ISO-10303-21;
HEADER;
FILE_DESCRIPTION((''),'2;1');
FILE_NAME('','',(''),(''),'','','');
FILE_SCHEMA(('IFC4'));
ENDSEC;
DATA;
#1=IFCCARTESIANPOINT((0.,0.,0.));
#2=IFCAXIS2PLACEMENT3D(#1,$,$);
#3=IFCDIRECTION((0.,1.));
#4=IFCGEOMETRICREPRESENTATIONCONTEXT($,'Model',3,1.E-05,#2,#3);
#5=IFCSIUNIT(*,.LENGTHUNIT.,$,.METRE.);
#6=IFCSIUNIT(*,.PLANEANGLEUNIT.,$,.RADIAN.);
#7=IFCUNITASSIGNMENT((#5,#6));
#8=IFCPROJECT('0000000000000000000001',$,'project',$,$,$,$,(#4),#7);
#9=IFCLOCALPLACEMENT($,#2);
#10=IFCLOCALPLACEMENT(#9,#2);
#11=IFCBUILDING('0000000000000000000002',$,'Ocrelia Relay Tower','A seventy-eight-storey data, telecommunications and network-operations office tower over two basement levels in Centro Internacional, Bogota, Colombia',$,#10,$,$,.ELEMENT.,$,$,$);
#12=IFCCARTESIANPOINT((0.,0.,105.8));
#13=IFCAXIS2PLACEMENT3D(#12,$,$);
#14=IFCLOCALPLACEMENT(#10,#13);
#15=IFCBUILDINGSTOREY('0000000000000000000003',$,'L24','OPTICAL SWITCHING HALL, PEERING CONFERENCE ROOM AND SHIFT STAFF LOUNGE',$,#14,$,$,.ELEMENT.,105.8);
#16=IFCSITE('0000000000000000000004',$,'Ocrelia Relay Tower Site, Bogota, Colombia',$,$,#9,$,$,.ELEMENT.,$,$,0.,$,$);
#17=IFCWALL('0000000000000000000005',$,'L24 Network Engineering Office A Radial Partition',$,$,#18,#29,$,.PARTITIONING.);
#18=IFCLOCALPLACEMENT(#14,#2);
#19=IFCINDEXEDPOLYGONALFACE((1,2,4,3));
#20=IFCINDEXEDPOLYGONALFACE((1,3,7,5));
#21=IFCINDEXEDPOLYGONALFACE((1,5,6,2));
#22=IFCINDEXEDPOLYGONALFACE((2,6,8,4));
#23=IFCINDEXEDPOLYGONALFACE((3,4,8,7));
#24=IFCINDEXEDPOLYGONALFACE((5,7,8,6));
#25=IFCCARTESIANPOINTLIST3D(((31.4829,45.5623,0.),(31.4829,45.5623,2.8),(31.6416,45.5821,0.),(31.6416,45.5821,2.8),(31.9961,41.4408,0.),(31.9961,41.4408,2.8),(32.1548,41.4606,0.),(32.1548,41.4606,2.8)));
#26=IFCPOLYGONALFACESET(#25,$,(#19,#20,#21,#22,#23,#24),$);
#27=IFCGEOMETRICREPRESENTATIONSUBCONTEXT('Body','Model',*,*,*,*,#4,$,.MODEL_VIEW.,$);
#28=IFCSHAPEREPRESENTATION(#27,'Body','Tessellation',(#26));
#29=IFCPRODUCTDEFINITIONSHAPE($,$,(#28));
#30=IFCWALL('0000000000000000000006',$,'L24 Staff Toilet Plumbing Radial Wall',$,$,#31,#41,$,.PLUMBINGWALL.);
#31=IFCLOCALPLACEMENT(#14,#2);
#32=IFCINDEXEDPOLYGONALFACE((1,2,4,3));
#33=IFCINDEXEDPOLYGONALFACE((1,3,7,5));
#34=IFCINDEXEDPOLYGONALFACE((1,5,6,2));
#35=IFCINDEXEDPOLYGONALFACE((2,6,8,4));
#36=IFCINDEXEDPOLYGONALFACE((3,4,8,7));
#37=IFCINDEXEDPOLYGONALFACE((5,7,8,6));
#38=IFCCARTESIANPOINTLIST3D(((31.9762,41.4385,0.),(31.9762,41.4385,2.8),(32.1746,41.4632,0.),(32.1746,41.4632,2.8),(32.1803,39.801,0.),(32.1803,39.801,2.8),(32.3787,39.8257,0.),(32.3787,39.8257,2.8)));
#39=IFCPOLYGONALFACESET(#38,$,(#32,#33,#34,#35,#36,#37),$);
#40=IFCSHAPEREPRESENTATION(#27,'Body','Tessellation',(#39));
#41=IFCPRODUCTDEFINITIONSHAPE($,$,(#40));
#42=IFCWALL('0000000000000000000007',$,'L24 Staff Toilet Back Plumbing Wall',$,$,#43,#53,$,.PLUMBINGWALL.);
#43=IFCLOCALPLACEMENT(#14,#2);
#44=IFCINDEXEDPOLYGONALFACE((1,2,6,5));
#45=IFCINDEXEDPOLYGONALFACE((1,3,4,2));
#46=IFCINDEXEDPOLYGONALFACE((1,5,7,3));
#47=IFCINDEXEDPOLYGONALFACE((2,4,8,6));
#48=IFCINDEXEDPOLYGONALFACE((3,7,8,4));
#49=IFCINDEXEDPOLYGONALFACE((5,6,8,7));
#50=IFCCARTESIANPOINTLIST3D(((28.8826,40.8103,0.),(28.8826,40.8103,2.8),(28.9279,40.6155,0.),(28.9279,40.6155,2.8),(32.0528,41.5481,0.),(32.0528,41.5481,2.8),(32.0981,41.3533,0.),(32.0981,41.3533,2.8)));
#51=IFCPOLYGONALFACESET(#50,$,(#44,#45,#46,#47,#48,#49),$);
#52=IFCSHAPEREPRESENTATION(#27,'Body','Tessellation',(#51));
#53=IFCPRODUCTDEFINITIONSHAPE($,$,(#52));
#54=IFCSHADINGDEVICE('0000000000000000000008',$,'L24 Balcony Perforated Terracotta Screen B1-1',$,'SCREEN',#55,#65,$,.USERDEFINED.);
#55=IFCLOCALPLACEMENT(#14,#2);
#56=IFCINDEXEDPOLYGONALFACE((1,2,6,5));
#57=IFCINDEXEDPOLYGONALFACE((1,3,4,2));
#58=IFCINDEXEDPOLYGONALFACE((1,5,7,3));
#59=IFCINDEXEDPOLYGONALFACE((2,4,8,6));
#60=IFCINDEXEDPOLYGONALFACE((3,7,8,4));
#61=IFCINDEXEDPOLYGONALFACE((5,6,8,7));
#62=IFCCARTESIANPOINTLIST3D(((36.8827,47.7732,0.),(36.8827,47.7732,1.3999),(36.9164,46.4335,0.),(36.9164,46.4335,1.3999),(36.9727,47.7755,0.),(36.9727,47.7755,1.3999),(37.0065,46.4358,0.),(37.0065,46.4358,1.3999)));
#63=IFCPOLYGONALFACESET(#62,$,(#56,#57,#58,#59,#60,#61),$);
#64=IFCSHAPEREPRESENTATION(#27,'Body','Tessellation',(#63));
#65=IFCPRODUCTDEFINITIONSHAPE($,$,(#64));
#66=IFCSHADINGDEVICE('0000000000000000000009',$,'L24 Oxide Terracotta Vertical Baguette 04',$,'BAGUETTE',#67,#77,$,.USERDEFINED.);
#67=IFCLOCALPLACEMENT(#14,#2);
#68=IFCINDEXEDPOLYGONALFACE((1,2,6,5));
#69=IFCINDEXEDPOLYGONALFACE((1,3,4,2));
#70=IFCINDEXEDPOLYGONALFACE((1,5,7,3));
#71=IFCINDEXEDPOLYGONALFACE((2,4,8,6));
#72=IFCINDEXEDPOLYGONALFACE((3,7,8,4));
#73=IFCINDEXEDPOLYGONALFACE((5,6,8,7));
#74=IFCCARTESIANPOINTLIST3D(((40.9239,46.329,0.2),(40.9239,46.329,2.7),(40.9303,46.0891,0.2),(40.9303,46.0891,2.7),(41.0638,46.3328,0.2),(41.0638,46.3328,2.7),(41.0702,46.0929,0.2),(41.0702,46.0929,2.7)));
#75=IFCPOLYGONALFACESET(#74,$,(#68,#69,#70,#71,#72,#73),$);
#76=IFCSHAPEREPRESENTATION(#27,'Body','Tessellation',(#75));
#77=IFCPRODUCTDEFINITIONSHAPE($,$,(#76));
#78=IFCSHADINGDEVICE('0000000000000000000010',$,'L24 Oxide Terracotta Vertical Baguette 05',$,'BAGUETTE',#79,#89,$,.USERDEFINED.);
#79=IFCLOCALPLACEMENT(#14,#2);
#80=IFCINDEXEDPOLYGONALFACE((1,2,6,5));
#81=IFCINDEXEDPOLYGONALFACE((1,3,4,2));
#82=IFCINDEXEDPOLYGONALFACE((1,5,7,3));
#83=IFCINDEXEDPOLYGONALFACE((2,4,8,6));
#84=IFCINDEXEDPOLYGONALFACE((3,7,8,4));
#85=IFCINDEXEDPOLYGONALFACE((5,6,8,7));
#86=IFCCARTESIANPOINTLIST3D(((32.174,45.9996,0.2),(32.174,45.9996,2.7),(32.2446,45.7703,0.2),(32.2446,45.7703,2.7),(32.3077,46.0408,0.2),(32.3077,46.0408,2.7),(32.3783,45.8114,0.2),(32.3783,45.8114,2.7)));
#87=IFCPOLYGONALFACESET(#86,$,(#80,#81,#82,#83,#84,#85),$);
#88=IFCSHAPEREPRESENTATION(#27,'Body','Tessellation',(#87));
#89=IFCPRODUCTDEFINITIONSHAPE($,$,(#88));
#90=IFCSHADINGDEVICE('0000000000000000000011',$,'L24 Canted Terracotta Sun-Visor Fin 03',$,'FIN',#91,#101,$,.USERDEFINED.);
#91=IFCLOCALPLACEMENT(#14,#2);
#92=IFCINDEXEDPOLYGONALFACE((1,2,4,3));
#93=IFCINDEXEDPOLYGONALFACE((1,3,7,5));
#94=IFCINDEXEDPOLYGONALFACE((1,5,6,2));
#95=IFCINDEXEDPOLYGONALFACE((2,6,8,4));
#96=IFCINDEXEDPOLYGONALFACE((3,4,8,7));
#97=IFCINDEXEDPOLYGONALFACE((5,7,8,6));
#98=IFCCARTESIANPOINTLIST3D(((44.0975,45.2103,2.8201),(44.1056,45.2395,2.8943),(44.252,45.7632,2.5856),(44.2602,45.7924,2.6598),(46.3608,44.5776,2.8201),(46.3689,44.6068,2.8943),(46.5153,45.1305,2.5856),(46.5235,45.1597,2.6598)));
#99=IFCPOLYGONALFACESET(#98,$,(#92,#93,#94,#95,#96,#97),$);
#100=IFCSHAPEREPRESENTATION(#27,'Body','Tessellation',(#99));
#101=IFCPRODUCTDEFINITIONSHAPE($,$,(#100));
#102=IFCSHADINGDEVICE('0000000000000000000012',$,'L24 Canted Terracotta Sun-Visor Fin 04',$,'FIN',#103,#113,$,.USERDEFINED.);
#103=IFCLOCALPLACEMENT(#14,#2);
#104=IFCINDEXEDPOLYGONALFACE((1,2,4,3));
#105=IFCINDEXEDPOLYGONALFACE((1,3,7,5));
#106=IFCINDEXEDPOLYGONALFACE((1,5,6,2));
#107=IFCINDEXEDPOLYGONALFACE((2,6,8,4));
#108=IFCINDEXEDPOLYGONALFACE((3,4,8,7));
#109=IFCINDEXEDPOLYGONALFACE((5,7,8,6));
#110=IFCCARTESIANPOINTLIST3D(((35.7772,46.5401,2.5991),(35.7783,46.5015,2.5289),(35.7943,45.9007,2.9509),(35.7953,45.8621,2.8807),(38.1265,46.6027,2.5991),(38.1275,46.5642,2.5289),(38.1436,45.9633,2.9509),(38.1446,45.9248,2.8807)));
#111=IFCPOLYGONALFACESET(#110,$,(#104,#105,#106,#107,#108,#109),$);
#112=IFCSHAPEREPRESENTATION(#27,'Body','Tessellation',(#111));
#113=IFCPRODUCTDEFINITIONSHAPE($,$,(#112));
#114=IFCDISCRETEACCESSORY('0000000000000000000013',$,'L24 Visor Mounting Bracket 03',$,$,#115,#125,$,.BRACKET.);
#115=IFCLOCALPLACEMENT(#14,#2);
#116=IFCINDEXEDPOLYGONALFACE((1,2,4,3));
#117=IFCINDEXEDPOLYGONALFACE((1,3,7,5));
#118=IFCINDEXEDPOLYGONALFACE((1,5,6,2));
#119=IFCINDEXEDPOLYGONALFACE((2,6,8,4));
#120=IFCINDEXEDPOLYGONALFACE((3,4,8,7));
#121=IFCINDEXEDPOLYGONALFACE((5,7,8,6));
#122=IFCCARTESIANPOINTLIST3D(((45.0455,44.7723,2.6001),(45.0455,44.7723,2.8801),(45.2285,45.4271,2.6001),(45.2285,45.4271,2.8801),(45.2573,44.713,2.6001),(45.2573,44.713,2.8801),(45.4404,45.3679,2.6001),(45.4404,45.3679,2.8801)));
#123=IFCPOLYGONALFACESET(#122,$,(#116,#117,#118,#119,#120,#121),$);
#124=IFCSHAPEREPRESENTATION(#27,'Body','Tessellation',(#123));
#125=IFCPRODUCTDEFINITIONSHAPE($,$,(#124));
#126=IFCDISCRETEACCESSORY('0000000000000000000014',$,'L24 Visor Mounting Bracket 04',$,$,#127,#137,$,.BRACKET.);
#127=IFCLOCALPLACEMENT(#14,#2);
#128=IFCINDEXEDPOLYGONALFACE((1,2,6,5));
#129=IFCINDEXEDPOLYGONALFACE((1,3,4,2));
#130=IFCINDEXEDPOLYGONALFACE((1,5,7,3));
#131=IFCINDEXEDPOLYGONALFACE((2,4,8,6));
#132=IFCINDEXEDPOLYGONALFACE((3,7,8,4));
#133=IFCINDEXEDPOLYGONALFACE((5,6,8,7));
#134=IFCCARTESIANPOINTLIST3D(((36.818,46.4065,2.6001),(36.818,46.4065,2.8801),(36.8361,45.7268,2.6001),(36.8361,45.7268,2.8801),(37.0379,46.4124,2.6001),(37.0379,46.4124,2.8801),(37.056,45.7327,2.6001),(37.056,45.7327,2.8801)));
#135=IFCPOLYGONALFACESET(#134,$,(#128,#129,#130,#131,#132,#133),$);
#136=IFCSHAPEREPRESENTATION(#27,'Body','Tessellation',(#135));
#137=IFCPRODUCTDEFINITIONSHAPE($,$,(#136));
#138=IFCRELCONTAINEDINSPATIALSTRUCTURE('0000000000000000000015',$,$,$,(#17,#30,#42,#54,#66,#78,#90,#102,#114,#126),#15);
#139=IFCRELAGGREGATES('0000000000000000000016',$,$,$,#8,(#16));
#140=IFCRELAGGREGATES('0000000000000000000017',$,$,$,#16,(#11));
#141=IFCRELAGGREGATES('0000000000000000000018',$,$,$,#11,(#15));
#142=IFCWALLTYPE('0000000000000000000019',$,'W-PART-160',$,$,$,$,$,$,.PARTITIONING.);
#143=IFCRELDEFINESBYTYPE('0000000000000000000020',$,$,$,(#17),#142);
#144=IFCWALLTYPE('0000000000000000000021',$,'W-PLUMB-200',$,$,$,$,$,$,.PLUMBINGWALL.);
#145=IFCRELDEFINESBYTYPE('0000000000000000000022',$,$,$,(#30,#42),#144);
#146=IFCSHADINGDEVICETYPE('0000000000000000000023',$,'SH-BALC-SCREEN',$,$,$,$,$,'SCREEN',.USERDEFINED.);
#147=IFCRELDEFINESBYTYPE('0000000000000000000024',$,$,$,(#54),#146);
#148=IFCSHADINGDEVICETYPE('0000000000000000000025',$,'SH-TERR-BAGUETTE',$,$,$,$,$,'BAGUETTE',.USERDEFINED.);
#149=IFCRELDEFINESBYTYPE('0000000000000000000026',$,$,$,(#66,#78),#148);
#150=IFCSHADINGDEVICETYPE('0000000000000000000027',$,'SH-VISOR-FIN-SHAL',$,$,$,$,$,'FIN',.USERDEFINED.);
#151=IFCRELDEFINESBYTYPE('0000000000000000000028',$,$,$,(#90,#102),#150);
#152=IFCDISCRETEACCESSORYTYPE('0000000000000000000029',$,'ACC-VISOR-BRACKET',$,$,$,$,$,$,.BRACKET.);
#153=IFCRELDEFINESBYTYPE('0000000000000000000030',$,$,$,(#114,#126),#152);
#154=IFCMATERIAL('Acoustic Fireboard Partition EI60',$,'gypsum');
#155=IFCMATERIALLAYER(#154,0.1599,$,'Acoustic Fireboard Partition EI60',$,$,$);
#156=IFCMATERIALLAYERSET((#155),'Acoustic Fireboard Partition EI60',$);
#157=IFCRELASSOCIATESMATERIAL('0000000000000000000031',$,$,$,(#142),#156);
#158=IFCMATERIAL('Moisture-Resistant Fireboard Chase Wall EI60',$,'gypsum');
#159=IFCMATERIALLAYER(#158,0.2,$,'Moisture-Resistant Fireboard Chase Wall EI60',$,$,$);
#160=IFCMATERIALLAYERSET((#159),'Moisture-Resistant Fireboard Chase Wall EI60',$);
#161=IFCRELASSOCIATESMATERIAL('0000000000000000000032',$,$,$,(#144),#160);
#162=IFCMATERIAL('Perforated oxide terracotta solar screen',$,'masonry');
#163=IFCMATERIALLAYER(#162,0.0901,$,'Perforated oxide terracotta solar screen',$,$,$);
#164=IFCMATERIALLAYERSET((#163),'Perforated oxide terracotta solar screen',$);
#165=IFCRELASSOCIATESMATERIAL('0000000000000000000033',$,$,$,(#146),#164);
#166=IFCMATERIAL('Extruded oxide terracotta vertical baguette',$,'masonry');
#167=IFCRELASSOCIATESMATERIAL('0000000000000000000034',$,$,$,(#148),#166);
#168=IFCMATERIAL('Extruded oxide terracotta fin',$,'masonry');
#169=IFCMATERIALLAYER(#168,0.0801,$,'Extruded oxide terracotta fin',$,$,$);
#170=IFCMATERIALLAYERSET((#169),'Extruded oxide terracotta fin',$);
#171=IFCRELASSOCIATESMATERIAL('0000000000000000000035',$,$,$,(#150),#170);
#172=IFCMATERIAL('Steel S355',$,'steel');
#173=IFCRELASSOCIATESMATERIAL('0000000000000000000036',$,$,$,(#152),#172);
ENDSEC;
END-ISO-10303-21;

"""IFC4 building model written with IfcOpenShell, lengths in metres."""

from ifc_helpers import new_model, si_unit, direction, frame, frame_2d, origin, origin_2d, place, context, subcontext, project, spatial, rectangle, extrude, material, layer, layer_set, type_object, element, save


model = new_model("IFC4")

# Units and contexts
model_context = context("Model", 3, precision=1e-05, world=origin(), true_north=direction((0.0, 1.0)))
body_context = subcontext(model_context, "Body", "Model", "MODEL_VIEW")
ifc_project = project(units=[si_unit("LENGTHUNIT", "METRE"), si_unit("PLANEANGLEUNIT", "RADIAN")], contexts=[model_context])

# Site, building, storey
site_placement = place(None, origin())
site = spatial("IfcSite", under=ifc_project, at=site_placement, Name="Ocrelia Relay Tower Site, Bogota, Colombia", CompositionType="ELEMENT", RefElevation=0.0)
building_placement = place(site_placement, origin())
building = spatial("IfcBuilding", under=site, at=building_placement, Name="Ocrelia Relay Tower", Description="A seventy-eight-storey data, telecommunications and network-operations office tower over two basement levels in Centro Internacional, Bogota, Colombia", CompositionType="ELEMENT")
storey_placement = place(building_placement, frame((0.0, 0.0, 105.8)))
storey = spatial("IfcBuildingStorey", under=building, at=storey_placement, Name="L24", Description="OPTICAL SWITCHING HALL, PEERING CONFERENCE ROOM AND SHIFT STAFF LOUNGE", CompositionType="ELEMENT", Elevation=105.8)

# Shared definitions
ifc_material_1 = material(Name="Steel S355", Category="steel")

# Walls
ifc_material_2 = material(Name="Acoustic Fireboard Partition EI60", Category="gypsum")
ifc_layer_1 = layer(ifc_material_2, 0.1599, Name="Acoustic Fireboard Partition EI60")
ifc_layer_set_1 = layer_set([ifc_layer_1], Name="Acoustic Fireboard Partition EI60")
wall_type_1 = type_object("IfcWallType", Name="W-PART-160", PredefinedType="PARTITIONING", material=ifc_layer_set_1)
wall_1_placement = place(storey_placement, frame((32.0754, 41.4507, 0.0), z_axis=(0.0, 0.0, 1.0), x_axis=(-0.123557, 0.992337, 0.0)))
element("IfcWall", 1, at=wall_1_placement, inside=storey, type_object=wall_type_1, Name="L24 Network Engineering Office A Radial Partition", PredefinedType="PARTITIONING", context=body_context, shape_type="SweptSolid", body=[
    extrude(rectangle(XDim=4.1533, YDim=0.1599, at=frame_2d((2.0767, 0.0))), origin(), (0.0, 0.0, 1.0), 2.8),
])
ifc_material_3 = material(Name="Moisture-Resistant Fireboard Chase Wall EI60", Category="gypsum")
ifc_layer_2 = layer(ifc_material_3, 0.2, Name="Moisture-Resistant Fireboard Chase Wall EI60")
ifc_layer_set_2 = layer_set([ifc_layer_2], Name="Moisture-Resistant Fireboard Chase Wall EI60")
wall_type_2 = type_object("IfcWallType", Name="W-PLUMB-200", PredefinedType="PLUMBINGWALL", material=ifc_layer_set_2)
wall_2_placement = place(storey_placement, frame((32.2795, 39.8132, 0.0), z_axis=(0.0, 0.0, 1.0), x_axis=(-0.123689, 0.992321, 0.0)))
element("IfcWall", 2, at=wall_2_placement, inside=storey, type_object=wall_type_2, Name="L24 Staff Toilet Plumbing Radial Wall", PredefinedType="PLUMBINGWALL", context=body_context, shape_type="SweptSolid", body=[
    extrude(rectangle(XDim=1.6501, YDim=0.2, at=frame_2d((0.8252, 0.0))), origin(), (0.0, 0.0, 1.0), 2.8),
])
wall_3_placement = place(storey_placement, frame((32.0754, 41.4507, 0.0), z_axis=(0.0, 0.0, 1.0), x_axis=(-0.973971, -0.226672, 0.0)))
element("IfcWall", 3, at=wall_3_placement, inside=storey, type_object=wall_type_2, Name="L24 Staff Toilet Back Plumbing Wall", PredefinedType="PLUMBINGWALL", context=body_context, shape_type="SweptSolid", body=[
    extrude(rectangle(XDim=3.2549, YDim=0.2, at=frame_2d((1.6274, 0.0))), origin(), (0.0, 0.0, 1.0), 2.8),
])

# Shading devices
ifc_material_4 = material(Name="Perforated oxide terracotta solar screen", Category="masonry")
ifc_layer_3 = layer(ifc_material_4, 0.0901, Name="Perforated oxide terracotta solar screen")
ifc_layer_set_3 = layer_set([ifc_layer_3], Name="Perforated oxide terracotta solar screen")
shading_device_type_1 = type_object("IfcShadingDeviceType", Name="SH-BALC-SCREEN", ElementType="SCREEN", PredefinedType="USERDEFINED", material=ifc_layer_set_3)
shading_device_1_placement = place(storey_placement, frame((36.9446, 47.1045, 0.0), z_axis=(0.0, 0.0, 1.0), x_axis=(-0.025189, 0.999683, 0.0)))
element("IfcShadingDevice", 4, at=shading_device_1_placement, inside=storey, type_object=shading_device_type_1, Name="L24 Balcony Perforated Terracotta Screen B1-1", ObjectType="SCREEN", PredefinedType="USERDEFINED", context=body_context, shape_type="SweptSolid", body=[
    extrude(rectangle(XDim=1.3401, YDim=0.0901, at=origin_2d()), origin(), (0.0, 0.0, 1.0), 1.3999),
])
ifc_material_5 = material(Name="Extruded oxide terracotta vertical baguette", Category="masonry")
shading_device_type_2 = type_object("IfcShadingDeviceType", Name="SH-TERR-BAGUETTE", ElementType="BAGUETTE", PredefinedType="USERDEFINED", material=ifc_material_5)
for number, where, z_axis, x_axis, name in (
    (5, (40.9971, 46.2109, 0.2), (0.0, 0.0, 1.0), (-0.999644, -0.026669, 0.0), "L24 Oxide Terracotta Vertical Baguette 04"),
    (6, (32.2761, 45.9055, 0.2), (0.0, 0.0, 1.0), (-0.955791, -0.294047, 0.0), "L24 Oxide Terracotta Vertical Baguette 05"),
):
    element("IfcShadingDevice", number, at=place(storey_placement, frame(where, z_axis=z_axis, x_axis=x_axis)), inside=storey, type_object=shading_device_type_2, Name=name, ObjectType="BAGUETTE", PredefinedType="USERDEFINED", context=body_context, shape_type="SweptSolid", body=[
        extrude(rectangle(XDim=0.1399, YDim=0.24, at=origin_2d()), origin(), (0.0, 0.0, 1.0), 2.5),
    ])
ifc_material_6 = material(Name="Extruded oxide terracotta fin", Category="masonry")
ifc_layer_4 = layer(ifc_material_6, 0.0801, Name="Extruded oxide terracotta fin")
ifc_layer_set_4 = layer_set([ifc_layer_4], Name="Extruded oxide terracotta fin")
shading_device_type_3 = type_object("IfcShadingDeviceType", Name="SH-VISOR-FIN-SHAL", ElementType="FIN", PredefinedType="USERDEFINED", material=ifc_layer_set_4)
shading_device_2_placement = place(storey_placement, frame((45.3064, 45.1704, 2.7029), z_axis=(0.101811, 0.364201, 0.925739), x_axis=(-0.963077, 0.269225, 0.0)))
element("IfcShadingDevice", 7, at=shading_device_2_placement, inside=storey, type_object=shading_device_type_3, Name="L24 Canted Terracotta Sun-Visor Fin 03", ObjectType="FIN", PredefinedType="USERDEFINED", context=body_context, shape_type="SweptSolid", body=[
    extrude(rectangle(XDim=2.3501, YDim=0.6201, at=origin_2d()), origin(), (0.0, 0.0, 1.0), 0.0801),
])
shading_device_3_placement = place(storey_placement, frame((36.9614, 46.2131, 2.7048), z_axis=(-0.012852, 0.481735, 0.876223), x_axis=(-0.999644, -0.026669, 0.0)))
element("IfcShadingDevice", 8, at=shading_device_3_placement, inside=storey, type_object=shading_device_type_3, Name="L24 Canted Terracotta Sun-Visor Fin 04", ObjectType="FIN", PredefinedType="USERDEFINED", context=body_context, shape_type="SweptSolid", body=[
    extrude(rectangle(XDim=2.3501, YDim=0.73, at=origin_2d()), origin(), (0.0, 0.0, 1.0), 0.0801),
])

# Discrete accessories
discrete_accessory_type = type_object("IfcDiscreteAccessoryType", Name="ACC-VISOR-BRACKET", PredefinedType="BRACKET", material=ifc_material_1)
for number, where, z_axis, x_axis, name in (
    (9, (45.2429, 45.0701, 2.6001), (0.0, 0.0, 1.0), (-0.963077, 0.269225, 0.0), "L24 Visor Mounting Bracket 03"),
    (10, (36.937, 46.0696, 2.6001), (0.0, 0.0, 1.0), (-0.999644, -0.026669, 0.0), "L24 Visor Mounting Bracket 04"),
):
    element("IfcDiscreteAccessory", number, at=place(storey_placement, frame(where, z_axis=z_axis, x_axis=x_axis)), inside=storey, type_object=discrete_accessory_type, Name=name, PredefinedType="BRACKET", context=body_context, shape_type="SweptSolid", body=[
        extrude(rectangle(XDim=0.22, YDim=0.6799, at=origin_2d()), origin(), (0.0, 0.0, 1.0), 0.28),
    ])

save(model, "model.ifc")
